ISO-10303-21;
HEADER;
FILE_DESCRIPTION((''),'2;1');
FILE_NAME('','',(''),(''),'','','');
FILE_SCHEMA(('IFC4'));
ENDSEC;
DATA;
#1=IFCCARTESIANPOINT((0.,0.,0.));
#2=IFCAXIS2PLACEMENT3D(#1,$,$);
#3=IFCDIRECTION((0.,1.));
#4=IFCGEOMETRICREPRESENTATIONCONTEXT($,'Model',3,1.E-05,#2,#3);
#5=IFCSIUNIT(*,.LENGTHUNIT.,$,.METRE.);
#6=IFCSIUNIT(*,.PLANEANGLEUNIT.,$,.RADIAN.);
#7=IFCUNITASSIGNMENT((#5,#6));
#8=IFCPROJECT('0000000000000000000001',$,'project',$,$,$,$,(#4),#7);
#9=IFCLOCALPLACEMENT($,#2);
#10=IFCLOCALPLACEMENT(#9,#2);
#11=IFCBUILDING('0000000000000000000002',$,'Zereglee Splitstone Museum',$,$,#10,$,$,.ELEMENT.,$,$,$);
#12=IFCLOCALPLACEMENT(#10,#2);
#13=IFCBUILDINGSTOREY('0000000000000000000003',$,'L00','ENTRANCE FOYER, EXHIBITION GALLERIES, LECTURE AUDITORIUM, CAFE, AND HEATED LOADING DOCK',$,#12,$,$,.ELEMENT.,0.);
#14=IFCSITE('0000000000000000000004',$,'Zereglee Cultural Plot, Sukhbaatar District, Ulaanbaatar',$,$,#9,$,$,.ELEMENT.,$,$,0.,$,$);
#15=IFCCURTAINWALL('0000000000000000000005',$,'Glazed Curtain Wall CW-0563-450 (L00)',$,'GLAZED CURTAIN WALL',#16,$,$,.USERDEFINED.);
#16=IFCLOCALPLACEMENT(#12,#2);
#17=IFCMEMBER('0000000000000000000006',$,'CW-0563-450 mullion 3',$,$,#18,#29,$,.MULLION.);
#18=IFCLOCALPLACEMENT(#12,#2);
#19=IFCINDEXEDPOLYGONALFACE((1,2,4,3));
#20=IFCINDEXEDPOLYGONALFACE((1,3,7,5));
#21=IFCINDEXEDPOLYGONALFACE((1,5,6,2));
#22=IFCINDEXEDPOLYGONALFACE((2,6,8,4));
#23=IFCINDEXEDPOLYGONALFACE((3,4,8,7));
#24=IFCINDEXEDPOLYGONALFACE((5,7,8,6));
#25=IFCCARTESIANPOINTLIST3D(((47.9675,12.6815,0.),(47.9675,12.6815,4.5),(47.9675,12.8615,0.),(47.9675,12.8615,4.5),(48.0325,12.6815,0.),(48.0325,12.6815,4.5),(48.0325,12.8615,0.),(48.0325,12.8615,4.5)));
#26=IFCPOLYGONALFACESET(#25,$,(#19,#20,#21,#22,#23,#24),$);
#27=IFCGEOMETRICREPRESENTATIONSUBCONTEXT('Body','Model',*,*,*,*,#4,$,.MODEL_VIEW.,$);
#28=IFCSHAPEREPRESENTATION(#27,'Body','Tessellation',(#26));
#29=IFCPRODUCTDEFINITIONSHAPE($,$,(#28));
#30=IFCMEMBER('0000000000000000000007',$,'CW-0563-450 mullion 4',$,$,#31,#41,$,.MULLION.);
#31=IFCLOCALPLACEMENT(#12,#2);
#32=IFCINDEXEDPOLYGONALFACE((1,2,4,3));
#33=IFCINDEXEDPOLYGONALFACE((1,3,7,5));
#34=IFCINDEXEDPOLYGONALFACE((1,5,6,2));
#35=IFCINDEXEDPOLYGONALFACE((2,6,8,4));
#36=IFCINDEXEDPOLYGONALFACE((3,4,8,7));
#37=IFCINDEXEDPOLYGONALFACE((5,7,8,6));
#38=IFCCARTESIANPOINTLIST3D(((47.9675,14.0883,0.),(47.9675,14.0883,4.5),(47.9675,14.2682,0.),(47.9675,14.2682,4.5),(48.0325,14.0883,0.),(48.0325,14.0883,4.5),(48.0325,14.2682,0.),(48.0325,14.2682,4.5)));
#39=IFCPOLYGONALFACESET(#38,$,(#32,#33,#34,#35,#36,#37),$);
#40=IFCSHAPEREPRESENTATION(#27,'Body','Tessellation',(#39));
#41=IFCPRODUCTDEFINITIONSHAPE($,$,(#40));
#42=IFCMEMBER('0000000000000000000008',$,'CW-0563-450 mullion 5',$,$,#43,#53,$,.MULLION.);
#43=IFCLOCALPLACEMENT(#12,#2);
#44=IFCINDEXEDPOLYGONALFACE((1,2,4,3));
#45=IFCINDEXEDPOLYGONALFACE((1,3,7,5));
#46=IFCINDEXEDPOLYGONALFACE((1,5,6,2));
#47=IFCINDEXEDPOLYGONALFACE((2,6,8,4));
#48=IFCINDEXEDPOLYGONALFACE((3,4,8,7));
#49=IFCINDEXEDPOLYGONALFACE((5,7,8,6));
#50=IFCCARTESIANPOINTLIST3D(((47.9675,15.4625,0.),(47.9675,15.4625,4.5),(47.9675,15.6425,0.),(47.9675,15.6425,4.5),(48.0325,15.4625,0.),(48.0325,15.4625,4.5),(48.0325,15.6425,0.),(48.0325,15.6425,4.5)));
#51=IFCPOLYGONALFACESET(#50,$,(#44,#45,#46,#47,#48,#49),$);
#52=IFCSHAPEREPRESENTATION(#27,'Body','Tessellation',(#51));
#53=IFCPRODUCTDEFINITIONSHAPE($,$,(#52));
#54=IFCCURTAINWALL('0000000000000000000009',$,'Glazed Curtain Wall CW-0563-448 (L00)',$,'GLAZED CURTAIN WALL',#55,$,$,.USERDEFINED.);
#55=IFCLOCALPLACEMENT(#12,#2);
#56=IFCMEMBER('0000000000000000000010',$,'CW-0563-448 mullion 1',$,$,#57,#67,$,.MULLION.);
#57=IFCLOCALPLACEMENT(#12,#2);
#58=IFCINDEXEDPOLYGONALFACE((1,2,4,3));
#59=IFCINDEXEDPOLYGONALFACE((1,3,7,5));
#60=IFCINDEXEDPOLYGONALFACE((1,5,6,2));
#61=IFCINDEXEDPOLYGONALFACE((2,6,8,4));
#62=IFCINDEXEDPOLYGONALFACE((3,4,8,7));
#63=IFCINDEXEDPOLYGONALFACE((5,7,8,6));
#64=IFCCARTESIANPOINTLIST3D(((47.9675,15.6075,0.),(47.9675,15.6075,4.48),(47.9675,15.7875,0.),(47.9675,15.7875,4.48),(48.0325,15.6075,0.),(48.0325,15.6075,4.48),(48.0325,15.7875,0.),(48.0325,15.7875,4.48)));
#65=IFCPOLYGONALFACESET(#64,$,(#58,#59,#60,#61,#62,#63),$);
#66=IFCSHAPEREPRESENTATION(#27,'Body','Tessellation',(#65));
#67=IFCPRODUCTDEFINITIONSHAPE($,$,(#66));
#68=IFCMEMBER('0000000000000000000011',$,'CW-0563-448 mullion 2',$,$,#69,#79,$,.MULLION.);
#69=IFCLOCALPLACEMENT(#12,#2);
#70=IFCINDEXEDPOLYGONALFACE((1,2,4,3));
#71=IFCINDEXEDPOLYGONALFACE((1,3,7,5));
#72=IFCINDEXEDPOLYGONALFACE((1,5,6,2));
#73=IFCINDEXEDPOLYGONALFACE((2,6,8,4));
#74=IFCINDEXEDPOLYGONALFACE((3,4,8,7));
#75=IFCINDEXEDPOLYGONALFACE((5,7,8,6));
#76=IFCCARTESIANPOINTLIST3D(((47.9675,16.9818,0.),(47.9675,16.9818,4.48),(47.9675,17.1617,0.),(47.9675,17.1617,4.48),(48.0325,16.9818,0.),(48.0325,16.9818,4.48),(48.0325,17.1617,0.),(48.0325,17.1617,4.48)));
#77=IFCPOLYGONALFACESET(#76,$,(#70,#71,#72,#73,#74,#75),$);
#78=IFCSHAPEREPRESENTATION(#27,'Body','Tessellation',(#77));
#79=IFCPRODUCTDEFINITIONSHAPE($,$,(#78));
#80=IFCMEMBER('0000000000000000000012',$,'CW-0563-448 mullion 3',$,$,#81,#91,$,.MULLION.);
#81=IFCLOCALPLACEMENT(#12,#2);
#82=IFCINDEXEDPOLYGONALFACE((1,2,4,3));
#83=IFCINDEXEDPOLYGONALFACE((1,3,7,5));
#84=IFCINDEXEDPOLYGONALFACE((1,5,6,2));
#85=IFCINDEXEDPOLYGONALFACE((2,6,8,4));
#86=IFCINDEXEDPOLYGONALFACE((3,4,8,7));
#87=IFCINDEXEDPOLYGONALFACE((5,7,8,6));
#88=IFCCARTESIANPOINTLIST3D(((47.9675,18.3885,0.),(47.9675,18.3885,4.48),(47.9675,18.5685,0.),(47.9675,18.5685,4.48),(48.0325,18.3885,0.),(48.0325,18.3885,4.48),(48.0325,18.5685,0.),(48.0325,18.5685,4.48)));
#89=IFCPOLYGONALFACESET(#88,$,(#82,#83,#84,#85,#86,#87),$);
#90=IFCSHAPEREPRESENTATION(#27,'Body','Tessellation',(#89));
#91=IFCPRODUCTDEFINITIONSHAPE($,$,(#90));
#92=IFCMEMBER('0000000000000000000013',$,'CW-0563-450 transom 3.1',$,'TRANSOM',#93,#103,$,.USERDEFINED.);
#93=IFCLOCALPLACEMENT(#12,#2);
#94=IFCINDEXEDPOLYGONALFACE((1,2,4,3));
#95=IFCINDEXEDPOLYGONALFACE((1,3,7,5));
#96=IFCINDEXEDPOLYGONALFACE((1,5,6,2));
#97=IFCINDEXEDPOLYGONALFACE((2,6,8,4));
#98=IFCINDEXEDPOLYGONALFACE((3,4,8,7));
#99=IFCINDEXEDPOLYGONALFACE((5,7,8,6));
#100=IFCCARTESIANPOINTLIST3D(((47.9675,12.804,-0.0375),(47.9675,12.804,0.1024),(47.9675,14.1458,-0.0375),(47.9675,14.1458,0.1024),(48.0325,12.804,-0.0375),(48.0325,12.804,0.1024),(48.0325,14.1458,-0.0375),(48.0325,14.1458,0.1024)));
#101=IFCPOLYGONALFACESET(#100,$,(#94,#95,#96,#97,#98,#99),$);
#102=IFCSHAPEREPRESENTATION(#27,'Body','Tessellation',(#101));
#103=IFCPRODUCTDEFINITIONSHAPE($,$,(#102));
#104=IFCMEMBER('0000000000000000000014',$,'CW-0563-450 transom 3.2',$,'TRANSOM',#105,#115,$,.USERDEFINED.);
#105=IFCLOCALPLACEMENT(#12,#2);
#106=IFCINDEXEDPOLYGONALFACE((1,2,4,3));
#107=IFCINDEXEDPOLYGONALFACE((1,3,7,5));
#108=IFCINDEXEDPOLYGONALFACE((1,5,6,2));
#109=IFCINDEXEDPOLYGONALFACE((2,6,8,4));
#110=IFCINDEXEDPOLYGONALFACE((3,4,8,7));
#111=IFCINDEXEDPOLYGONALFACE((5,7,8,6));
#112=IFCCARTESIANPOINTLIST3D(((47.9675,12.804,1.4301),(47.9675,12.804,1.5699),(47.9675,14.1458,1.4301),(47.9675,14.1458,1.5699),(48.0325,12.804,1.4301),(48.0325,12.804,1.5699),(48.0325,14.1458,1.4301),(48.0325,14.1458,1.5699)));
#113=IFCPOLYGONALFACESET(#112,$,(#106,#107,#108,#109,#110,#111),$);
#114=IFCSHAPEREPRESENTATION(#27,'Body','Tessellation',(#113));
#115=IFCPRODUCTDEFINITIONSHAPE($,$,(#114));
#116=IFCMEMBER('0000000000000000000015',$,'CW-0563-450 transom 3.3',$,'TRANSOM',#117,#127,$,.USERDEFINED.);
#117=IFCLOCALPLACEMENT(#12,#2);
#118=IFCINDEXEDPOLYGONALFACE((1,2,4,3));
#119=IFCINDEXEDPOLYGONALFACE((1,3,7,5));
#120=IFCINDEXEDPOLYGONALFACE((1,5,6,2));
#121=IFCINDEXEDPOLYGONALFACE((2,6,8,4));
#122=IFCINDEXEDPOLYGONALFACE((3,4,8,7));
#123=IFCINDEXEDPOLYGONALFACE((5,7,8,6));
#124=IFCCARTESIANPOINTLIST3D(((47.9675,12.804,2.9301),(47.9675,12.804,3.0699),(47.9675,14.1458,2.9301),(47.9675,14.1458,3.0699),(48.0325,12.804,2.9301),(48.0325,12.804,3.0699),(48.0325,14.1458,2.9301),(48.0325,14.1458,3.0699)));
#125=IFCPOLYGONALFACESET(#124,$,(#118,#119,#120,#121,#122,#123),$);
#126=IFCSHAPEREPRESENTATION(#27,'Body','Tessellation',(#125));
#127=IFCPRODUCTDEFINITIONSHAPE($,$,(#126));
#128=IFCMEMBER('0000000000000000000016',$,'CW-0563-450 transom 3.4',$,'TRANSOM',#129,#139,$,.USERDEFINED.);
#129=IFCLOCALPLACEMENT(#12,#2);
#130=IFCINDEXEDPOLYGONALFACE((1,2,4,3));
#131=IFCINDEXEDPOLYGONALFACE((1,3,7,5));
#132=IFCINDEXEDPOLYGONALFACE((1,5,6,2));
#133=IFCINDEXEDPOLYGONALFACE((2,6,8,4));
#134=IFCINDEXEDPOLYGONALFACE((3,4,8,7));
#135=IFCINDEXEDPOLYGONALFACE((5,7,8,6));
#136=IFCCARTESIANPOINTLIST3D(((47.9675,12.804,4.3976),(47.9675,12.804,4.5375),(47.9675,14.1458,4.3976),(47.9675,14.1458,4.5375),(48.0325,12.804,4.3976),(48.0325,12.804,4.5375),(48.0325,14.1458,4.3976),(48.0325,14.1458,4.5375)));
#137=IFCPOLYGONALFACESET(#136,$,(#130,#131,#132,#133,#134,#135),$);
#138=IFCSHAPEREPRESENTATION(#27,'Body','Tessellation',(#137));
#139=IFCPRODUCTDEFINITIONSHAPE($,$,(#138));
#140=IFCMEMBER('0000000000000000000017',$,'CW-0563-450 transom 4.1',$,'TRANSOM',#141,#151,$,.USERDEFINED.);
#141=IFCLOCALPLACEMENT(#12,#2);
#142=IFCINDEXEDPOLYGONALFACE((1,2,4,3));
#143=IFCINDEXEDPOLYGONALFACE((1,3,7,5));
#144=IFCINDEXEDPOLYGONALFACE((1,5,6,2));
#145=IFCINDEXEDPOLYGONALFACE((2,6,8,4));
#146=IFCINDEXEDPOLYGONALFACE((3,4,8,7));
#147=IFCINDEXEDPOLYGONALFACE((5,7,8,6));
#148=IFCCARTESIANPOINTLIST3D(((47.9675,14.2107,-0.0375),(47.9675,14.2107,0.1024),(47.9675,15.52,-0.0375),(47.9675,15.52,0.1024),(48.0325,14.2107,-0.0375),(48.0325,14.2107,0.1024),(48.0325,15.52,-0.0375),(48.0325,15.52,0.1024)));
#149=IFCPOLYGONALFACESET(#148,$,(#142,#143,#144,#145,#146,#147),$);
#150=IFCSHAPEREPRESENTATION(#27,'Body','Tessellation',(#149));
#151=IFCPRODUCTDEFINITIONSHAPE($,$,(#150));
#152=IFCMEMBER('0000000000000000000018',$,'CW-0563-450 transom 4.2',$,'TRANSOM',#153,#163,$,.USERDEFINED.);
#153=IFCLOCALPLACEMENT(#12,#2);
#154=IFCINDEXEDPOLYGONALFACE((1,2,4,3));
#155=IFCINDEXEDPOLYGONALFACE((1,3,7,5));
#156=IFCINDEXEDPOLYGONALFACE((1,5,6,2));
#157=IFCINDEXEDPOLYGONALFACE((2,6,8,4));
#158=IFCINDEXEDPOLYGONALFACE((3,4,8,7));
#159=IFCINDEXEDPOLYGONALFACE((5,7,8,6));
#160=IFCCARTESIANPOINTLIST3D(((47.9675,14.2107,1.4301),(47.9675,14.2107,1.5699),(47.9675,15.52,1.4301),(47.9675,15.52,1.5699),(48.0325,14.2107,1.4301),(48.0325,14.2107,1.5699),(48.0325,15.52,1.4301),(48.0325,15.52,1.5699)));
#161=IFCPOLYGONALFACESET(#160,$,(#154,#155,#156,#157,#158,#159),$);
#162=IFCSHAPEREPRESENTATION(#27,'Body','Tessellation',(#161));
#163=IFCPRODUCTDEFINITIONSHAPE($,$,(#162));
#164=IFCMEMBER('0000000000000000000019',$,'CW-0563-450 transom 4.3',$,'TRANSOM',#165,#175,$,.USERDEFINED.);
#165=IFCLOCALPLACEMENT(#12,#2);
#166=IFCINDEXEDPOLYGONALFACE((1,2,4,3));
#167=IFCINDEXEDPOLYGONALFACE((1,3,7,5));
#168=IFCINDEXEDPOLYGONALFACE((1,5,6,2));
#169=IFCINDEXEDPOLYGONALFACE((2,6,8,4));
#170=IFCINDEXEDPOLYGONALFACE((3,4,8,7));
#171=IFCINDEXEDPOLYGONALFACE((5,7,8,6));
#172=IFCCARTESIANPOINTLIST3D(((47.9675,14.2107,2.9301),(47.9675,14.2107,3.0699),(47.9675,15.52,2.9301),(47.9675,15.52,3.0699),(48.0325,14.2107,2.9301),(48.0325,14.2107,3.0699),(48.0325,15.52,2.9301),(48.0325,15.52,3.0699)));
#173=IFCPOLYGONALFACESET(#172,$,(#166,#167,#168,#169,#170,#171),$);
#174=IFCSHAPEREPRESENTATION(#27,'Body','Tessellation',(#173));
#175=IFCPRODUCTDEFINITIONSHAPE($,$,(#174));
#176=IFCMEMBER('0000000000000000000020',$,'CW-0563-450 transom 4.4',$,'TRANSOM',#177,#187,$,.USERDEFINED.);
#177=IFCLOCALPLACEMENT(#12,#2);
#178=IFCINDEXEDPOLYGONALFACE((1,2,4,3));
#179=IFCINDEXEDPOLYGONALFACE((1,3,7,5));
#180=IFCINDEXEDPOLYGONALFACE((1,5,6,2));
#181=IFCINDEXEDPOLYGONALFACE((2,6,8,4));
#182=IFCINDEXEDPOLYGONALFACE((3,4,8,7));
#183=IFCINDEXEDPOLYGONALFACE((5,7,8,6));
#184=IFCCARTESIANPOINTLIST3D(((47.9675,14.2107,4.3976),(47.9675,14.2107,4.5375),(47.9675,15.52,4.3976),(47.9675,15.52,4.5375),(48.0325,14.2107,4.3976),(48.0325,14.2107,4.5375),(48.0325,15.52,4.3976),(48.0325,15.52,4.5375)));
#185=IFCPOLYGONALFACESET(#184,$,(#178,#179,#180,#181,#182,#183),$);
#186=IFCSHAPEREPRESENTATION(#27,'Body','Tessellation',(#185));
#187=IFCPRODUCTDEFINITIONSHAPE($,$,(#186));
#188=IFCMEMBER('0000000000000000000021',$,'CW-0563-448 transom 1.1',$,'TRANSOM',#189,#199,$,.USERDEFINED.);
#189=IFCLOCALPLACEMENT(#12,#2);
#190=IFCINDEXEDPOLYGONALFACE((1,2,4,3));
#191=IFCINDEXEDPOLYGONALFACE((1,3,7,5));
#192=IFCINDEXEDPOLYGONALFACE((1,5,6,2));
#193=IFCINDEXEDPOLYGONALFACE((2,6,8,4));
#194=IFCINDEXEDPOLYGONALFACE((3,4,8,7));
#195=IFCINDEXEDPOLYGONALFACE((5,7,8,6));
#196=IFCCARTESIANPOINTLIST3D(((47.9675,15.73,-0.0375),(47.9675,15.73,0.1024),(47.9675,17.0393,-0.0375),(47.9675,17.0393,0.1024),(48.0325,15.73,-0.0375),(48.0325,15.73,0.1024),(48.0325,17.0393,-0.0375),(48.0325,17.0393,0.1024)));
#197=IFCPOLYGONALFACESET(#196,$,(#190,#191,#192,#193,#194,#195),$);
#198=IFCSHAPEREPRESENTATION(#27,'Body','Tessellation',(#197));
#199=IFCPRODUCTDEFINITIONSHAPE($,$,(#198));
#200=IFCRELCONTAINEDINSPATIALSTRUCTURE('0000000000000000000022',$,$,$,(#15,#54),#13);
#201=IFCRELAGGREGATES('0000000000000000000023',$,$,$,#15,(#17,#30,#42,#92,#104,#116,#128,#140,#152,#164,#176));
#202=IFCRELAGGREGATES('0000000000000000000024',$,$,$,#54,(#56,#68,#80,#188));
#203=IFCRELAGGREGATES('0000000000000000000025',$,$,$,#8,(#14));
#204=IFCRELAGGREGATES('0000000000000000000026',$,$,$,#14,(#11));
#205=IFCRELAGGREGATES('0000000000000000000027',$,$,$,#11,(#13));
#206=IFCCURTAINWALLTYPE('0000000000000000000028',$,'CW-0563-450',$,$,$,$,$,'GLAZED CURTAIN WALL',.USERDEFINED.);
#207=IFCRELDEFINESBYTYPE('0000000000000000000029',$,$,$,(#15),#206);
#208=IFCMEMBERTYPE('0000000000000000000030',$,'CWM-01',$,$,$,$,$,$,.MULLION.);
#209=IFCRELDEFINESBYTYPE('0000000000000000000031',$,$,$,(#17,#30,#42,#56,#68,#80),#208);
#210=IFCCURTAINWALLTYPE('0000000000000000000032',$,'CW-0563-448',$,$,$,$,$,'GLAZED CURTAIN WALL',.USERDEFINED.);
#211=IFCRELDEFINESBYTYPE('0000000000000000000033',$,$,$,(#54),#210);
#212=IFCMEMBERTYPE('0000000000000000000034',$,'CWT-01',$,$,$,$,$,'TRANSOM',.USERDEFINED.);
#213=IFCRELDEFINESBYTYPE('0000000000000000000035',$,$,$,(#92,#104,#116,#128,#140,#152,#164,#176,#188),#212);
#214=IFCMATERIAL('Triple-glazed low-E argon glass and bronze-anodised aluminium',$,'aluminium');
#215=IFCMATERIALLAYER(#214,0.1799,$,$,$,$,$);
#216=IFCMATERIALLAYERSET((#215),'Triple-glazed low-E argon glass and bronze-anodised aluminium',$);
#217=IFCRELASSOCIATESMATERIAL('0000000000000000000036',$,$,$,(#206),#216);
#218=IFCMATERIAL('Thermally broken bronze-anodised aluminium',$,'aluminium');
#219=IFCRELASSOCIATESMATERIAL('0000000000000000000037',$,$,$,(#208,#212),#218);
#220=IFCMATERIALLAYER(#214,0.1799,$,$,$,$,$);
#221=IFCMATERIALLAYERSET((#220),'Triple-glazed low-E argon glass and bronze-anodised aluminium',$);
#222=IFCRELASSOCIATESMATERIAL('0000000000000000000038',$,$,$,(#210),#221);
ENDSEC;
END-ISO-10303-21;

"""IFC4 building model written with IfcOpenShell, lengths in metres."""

from ifc_helpers import new_model, si_unit, direction, frame, origin, origin_2d, place, context, subcontext, project, spatial, rectangle, extrude, material, layer, layer_set, material_profile, profile_set, type_object, element, aggregate, save


model = new_model("IFC4")

# Units and contexts
model_context = context("Model", 3, precision=1e-05, world=origin(), true_north=direction((0.0, 1.0)))
body_context = subcontext(model_context, "Body", "Model", "MODEL_VIEW")
ifc_project = project(units=[si_unit("LENGTHUNIT", "METRE"), si_unit("PLANEANGLEUNIT", "RADIAN")], contexts=[model_context])

# Site, building, storey
site_placement = place(None, origin())
site = spatial("IfcSite", under=ifc_project, at=site_placement, Name="Zereglee Cultural Plot, Sukhbaatar District, Ulaanbaatar", CompositionType="ELEMENT", RefElevation=0.0)
building_placement = place(site_placement, origin())
building = spatial("IfcBuilding", under=site, at=building_placement, Name="Zereglee Splitstone Museum", CompositionType="ELEMENT")
storey_placement = place(building_placement, origin())
storey = spatial("IfcBuildingStorey", under=building, at=storey_placement, Name="L00", Description="ENTRANCE FOYER, EXHIBITION GALLERIES, LECTURE AUDITORIUM, CAFE, AND HEATED LOADING DOCK", CompositionType="ELEMENT", Elevation=0.0)

# Curtain walls, members
ifc_material_1 = material(Name="Triple-glazed low-E argon glass and bronze-anodised aluminium", Category="aluminium")
ifc_layer_1 = layer(ifc_material_1, 0.1799)
ifc_layer_set_1 = layer_set([ifc_layer_1], Name="Triple-glazed low-E argon glass and bronze-anodised aluminium")
curtain_wall_type_1 = type_object("IfcCurtainWallType", Name="CW-0563-450", ElementType="GLAZED CURTAIN WALL", PredefinedType="USERDEFINED", material=ifc_layer_set_1)
curtain_wall_1_placement = place(storey_placement, origin())
curtain_wall_1 = element("IfcCurtainWall", 1, at=curtain_wall_1_placement, inside=storey, type_object=curtain_wall_type_1, Name="Glazed Curtain Wall CW-0563-450 (L00)", ObjectType="GLAZED CURTAIN WALL", PredefinedType="USERDEFINED")
ifc_material_2 = material(Name="Thermally broken bronze-anodised aluminium", Category="aluminium")
ifc_material_profile_1 = material_profile(ifc_material_2, rectangle(XDim=0.0649, YDim=0.1799, at=origin_2d()), Name="CW MULL 65x180")
ifc_profile_set_1 = profile_set([ifc_material_profile_1], Name="Thermally broken bronze-anodised aluminium")
member_type_1 = type_object("IfcMemberType", Name="CWM-01", PredefinedType="MULLION", material=ifc_profile_set_1)
member_1_placement = place(storey_placement, frame((48.0, 12.7715, 0.0), z_axis=(0.0, 0.0, 1.0), x_axis=(-1.0, 0.0, 0.0)))
member_1 = element("IfcMember", 2, at=member_1_placement, type_object=member_type_1, Name="CW-0563-450 mullion 3", PredefinedType="MULLION", context=body_context, shape_type="SweptSolid", body=[
    extrude(rectangle(XDim=0.0649, YDim=0.1799, at=origin_2d()), origin(), (0.0, 0.0, 1.0), 4.5),
])
member_2_placement = place(storey_placement, frame((48.0, 14.1782, 0.0), z_axis=(0.0, 0.0, 1.0), x_axis=(-1.0, 0.0, 0.0)))
member_2 = element("IfcMember", 3, at=member_2_placement, type_object=member_type_1, Name="CW-0563-450 mullion 4", PredefinedType="MULLION", context=body_context, shape_type="SweptSolid", body=[
    extrude(rectangle(XDim=0.0649, YDim=0.1799, at=origin_2d()), origin(), (0.0, 0.0, 1.0), 4.5),
])
member_3_placement = place(storey_placement, frame((48.0, 15.5525, 0.0), z_axis=(0.0, 0.0, 1.0), x_axis=(-1.0, 0.0, 0.0)))
member_3 = element("IfcMember", 4, at=member_3_placement, type_object=member_type_1, Name="CW-0563-450 mullion 5", PredefinedType="MULLION", context=body_context, shape_type="SweptSolid", body=[
    extrude(rectangle(XDim=0.0649, YDim=0.1799, at=origin_2d()), origin(), (0.0, 0.0, 1.0), 4.5),
])
ifc_layer_2 = layer(ifc_material_1, 0.1799)
ifc_layer_set_2 = layer_set([ifc_layer_2], Name="Triple-glazed low-E argon glass and bronze-anodised aluminium")
curtain_wall_type_2 = type_object("IfcCurtainWallType", Name="CW-0563-448", ElementType="GLAZED CURTAIN WALL", PredefinedType="USERDEFINED", material=ifc_layer_set_2)
curtain_wall_2_placement = place(storey_placement, origin())
curtain_wall_2 = element("IfcCurtainWall", 5, at=curtain_wall_2_placement, inside=storey, type_object=curtain_wall_type_2, Name="Glazed Curtain Wall CW-0563-448 (L00)", ObjectType="GLAZED CURTAIN WALL", PredefinedType="USERDEFINED")
member_4_placement = place(storey_placement, frame((48.0, 15.6975, 0.0), z_axis=(0.0, 0.0, 1.0), x_axis=(-1.0, 0.0, 0.0)))
member_4 = element("IfcMember", 6, at=member_4_placement, type_object=member_type_1, Name="CW-0563-448 mullion 1", PredefinedType="MULLION", context=body_context, shape_type="SweptSolid", body=[
    extrude(rectangle(XDim=0.0649, YDim=0.1799, at=origin_2d()), origin(), (0.0, 0.0, 1.0), 4.48),
])
member_5_placement = place(storey_placement, frame((48.0, 17.0718, 0.0), z_axis=(0.0, 0.0, 1.0), x_axis=(-1.0, 0.0, 0.0)))
member_5 = element("IfcMember", 7, at=member_5_placement, type_object=member_type_1, Name="CW-0563-448 mullion 2", PredefinedType="MULLION", context=body_context, shape_type="SweptSolid", body=[
    extrude(rectangle(XDim=0.0649, YDim=0.1799, at=origin_2d()), origin(), (0.0, 0.0, 1.0), 4.48),
])
member_6_placement = place(storey_placement, frame((48.0, 18.4785, 0.0), z_axis=(0.0, 0.0, 1.0), x_axis=(-1.0, 0.0, 0.0)))
member_6 = element("IfcMember", 8, at=member_6_placement, type_object=member_type_1, Name="CW-0563-448 mullion 3", PredefinedType="MULLION", context=body_context, shape_type="SweptSolid", body=[
    extrude(rectangle(XDim=0.0649, YDim=0.1799, at=origin_2d()), origin(), (0.0, 0.0, 1.0), 4.48),
])

# Members
ifc_material_profile_2 = material_profile(ifc_material_2, rectangle(XDim=0.0649, YDim=0.1399, at=origin_2d()), Name="CW TRAN 65x140")
ifc_profile_set_2 = profile_set([ifc_material_profile_2], Name="Thermally broken bronze-anodised aluminium")
member_type_2 = type_object("IfcMemberType", Name="CWT-01", ElementType="TRANSOM", PredefinedType="USERDEFINED", material=ifc_profile_set_2)
member_7_placement = place(storey_placement, frame((48.0, 12.804, 0.0325), z_axis=(0.0, 1.0, 0.0), x_axis=(-1.0, 0.0, 0.0)))
member_7 = element("IfcMember", 9, at=member_7_placement, type_object=member_type_2, Name="CW-0563-450 transom 3.1", ObjectType="TRANSOM", PredefinedType="USERDEFINED", context=body_context, shape_type="SweptSolid", body=[
    extrude(rectangle(XDim=0.0649, YDim=0.1399, at=origin_2d()), origin(), (0.0, 0.0, 1.0), 1.3418),
])
member_8_placement = place(storey_placement, frame((48.0, 12.804, 1.5), z_axis=(0.0, 1.0, 0.0), x_axis=(-1.0, 0.0, 0.0)))
member_8 = element("IfcMember", 10, at=member_8_placement, type_object=member_type_2, Name="CW-0563-450 transom 3.2", ObjectType="TRANSOM", PredefinedType="USERDEFINED", context=body_context, shape_type="SweptSolid", body=[
    extrude(rectangle(XDim=0.0649, YDim=0.1399, at=origin_2d()), origin(), (0.0, 0.0, 1.0), 1.3418),
])
member_9_placement = place(storey_placement, frame((48.0, 12.804, 3.0), z_axis=(0.0, 1.0, 0.0), x_axis=(-1.0, 0.0, 0.0)))
member_9 = element("IfcMember", 11, at=member_9_placement, type_object=member_type_2, Name="CW-0563-450 transom 3.3", ObjectType="TRANSOM", PredefinedType="USERDEFINED", context=body_context, shape_type="SweptSolid", body=[
    extrude(rectangle(XDim=0.0649, YDim=0.1399, at=origin_2d()), origin(), (0.0, 0.0, 1.0), 1.3418),
])
member_10_placement = place(storey_placement, frame((48.0, 12.804, 4.4675), z_axis=(0.0, 1.0, 0.0), x_axis=(-1.0, 0.0, 0.0)))
member_10 = element("IfcMember", 12, at=member_10_placement, type_object=member_type_2, Name="CW-0563-450 transom 3.4", ObjectType="TRANSOM", PredefinedType="USERDEFINED", context=body_context, shape_type="SweptSolid", body=[
    extrude(rectangle(XDim=0.0649, YDim=0.1399, at=origin_2d()), origin(), (0.0, 0.0, 1.0), 1.3418),
])
member_11_placement = place(storey_placement, frame((48.0, 14.2107, 0.0325), z_axis=(0.0, 1.0, 0.0), x_axis=(-1.0, 0.0, 0.0)))
member_11 = element("IfcMember", 13, at=member_11_placement, type_object=member_type_2, Name="CW-0563-450 transom 4.1", ObjectType="TRANSOM", PredefinedType="USERDEFINED", context=body_context, shape_type="SweptSolid", body=[
    extrude(rectangle(XDim=0.0649, YDim=0.1399, at=origin_2d()), origin(), (0.0, 0.0, 1.0), 1.3093),
])
member_12_placement = place(storey_placement, frame((48.0, 14.2107, 1.5), z_axis=(0.0, 1.0, 0.0), x_axis=(-1.0, 0.0, 0.0)))
member_12 = element("IfcMember", 14, at=member_12_placement, type_object=member_type_2, Name="CW-0563-450 transom 4.2", ObjectType="TRANSOM", PredefinedType="USERDEFINED", context=body_context, shape_type="SweptSolid", body=[
    extrude(rectangle(XDim=0.0649, YDim=0.1399, at=origin_2d()), origin(), (0.0, 0.0, 1.0), 1.3093),
])
member_13_placement = place(storey_placement, frame((48.0, 14.2107, 3.0), z_axis=(0.0, 1.0, 0.0), x_axis=(-1.0, 0.0, 0.0)))
member_13 = element("IfcMember", 15, at=member_13_placement, type_object=member_type_2, Name="CW-0563-450 transom 4.3", ObjectType="TRANSOM", PredefinedType="USERDEFINED", context=body_context, shape_type="SweptSolid", body=[
    extrude(rectangle(XDim=0.0649, YDim=0.1399, at=origin_2d()), origin(), (0.0, 0.0, 1.0), 1.3093),
])
member_14_placement = place(storey_placement, frame((48.0, 14.2107, 4.4675), z_axis=(0.0, 1.0, 0.0), x_axis=(-1.0, 0.0, 0.0)))
member_14 = element("IfcMember", 16, at=member_14_placement, type_object=member_type_2, Name="CW-0563-450 transom 4.4", ObjectType="TRANSOM", PredefinedType="USERDEFINED", context=body_context, shape_type="SweptSolid", body=[
    extrude(rectangle(XDim=0.0649, YDim=0.1399, at=origin_2d()), origin(), (0.0, 0.0, 1.0), 1.3093),
])
member_15_placement = place(storey_placement, frame((48.0, 15.73, 0.0325), z_axis=(0.0, 1.0, 0.0), x_axis=(-1.0, 0.0, 0.0)))
member_15 = element("IfcMember", 17, at=member_15_placement, type_object=member_type_2, Name="CW-0563-448 transom 1.1", ObjectType="TRANSOM", PredefinedType="USERDEFINED", context=body_context, shape_type="SweptSolid", body=[
    extrude(rectangle(XDim=0.0649, YDim=0.1399, at=origin_2d()), origin(), (0.0, 0.0, 1.0), 1.3093),
])

aggregate(curtain_wall_1, [member_1, member_2, member_3, member_7, member_8, member_9, member_10, member_11, member_12, member_13, member_14])
aggregate(curtain_wall_2, [member_4, member_5, member_6, member_15])

save(model, "model.ifc")
